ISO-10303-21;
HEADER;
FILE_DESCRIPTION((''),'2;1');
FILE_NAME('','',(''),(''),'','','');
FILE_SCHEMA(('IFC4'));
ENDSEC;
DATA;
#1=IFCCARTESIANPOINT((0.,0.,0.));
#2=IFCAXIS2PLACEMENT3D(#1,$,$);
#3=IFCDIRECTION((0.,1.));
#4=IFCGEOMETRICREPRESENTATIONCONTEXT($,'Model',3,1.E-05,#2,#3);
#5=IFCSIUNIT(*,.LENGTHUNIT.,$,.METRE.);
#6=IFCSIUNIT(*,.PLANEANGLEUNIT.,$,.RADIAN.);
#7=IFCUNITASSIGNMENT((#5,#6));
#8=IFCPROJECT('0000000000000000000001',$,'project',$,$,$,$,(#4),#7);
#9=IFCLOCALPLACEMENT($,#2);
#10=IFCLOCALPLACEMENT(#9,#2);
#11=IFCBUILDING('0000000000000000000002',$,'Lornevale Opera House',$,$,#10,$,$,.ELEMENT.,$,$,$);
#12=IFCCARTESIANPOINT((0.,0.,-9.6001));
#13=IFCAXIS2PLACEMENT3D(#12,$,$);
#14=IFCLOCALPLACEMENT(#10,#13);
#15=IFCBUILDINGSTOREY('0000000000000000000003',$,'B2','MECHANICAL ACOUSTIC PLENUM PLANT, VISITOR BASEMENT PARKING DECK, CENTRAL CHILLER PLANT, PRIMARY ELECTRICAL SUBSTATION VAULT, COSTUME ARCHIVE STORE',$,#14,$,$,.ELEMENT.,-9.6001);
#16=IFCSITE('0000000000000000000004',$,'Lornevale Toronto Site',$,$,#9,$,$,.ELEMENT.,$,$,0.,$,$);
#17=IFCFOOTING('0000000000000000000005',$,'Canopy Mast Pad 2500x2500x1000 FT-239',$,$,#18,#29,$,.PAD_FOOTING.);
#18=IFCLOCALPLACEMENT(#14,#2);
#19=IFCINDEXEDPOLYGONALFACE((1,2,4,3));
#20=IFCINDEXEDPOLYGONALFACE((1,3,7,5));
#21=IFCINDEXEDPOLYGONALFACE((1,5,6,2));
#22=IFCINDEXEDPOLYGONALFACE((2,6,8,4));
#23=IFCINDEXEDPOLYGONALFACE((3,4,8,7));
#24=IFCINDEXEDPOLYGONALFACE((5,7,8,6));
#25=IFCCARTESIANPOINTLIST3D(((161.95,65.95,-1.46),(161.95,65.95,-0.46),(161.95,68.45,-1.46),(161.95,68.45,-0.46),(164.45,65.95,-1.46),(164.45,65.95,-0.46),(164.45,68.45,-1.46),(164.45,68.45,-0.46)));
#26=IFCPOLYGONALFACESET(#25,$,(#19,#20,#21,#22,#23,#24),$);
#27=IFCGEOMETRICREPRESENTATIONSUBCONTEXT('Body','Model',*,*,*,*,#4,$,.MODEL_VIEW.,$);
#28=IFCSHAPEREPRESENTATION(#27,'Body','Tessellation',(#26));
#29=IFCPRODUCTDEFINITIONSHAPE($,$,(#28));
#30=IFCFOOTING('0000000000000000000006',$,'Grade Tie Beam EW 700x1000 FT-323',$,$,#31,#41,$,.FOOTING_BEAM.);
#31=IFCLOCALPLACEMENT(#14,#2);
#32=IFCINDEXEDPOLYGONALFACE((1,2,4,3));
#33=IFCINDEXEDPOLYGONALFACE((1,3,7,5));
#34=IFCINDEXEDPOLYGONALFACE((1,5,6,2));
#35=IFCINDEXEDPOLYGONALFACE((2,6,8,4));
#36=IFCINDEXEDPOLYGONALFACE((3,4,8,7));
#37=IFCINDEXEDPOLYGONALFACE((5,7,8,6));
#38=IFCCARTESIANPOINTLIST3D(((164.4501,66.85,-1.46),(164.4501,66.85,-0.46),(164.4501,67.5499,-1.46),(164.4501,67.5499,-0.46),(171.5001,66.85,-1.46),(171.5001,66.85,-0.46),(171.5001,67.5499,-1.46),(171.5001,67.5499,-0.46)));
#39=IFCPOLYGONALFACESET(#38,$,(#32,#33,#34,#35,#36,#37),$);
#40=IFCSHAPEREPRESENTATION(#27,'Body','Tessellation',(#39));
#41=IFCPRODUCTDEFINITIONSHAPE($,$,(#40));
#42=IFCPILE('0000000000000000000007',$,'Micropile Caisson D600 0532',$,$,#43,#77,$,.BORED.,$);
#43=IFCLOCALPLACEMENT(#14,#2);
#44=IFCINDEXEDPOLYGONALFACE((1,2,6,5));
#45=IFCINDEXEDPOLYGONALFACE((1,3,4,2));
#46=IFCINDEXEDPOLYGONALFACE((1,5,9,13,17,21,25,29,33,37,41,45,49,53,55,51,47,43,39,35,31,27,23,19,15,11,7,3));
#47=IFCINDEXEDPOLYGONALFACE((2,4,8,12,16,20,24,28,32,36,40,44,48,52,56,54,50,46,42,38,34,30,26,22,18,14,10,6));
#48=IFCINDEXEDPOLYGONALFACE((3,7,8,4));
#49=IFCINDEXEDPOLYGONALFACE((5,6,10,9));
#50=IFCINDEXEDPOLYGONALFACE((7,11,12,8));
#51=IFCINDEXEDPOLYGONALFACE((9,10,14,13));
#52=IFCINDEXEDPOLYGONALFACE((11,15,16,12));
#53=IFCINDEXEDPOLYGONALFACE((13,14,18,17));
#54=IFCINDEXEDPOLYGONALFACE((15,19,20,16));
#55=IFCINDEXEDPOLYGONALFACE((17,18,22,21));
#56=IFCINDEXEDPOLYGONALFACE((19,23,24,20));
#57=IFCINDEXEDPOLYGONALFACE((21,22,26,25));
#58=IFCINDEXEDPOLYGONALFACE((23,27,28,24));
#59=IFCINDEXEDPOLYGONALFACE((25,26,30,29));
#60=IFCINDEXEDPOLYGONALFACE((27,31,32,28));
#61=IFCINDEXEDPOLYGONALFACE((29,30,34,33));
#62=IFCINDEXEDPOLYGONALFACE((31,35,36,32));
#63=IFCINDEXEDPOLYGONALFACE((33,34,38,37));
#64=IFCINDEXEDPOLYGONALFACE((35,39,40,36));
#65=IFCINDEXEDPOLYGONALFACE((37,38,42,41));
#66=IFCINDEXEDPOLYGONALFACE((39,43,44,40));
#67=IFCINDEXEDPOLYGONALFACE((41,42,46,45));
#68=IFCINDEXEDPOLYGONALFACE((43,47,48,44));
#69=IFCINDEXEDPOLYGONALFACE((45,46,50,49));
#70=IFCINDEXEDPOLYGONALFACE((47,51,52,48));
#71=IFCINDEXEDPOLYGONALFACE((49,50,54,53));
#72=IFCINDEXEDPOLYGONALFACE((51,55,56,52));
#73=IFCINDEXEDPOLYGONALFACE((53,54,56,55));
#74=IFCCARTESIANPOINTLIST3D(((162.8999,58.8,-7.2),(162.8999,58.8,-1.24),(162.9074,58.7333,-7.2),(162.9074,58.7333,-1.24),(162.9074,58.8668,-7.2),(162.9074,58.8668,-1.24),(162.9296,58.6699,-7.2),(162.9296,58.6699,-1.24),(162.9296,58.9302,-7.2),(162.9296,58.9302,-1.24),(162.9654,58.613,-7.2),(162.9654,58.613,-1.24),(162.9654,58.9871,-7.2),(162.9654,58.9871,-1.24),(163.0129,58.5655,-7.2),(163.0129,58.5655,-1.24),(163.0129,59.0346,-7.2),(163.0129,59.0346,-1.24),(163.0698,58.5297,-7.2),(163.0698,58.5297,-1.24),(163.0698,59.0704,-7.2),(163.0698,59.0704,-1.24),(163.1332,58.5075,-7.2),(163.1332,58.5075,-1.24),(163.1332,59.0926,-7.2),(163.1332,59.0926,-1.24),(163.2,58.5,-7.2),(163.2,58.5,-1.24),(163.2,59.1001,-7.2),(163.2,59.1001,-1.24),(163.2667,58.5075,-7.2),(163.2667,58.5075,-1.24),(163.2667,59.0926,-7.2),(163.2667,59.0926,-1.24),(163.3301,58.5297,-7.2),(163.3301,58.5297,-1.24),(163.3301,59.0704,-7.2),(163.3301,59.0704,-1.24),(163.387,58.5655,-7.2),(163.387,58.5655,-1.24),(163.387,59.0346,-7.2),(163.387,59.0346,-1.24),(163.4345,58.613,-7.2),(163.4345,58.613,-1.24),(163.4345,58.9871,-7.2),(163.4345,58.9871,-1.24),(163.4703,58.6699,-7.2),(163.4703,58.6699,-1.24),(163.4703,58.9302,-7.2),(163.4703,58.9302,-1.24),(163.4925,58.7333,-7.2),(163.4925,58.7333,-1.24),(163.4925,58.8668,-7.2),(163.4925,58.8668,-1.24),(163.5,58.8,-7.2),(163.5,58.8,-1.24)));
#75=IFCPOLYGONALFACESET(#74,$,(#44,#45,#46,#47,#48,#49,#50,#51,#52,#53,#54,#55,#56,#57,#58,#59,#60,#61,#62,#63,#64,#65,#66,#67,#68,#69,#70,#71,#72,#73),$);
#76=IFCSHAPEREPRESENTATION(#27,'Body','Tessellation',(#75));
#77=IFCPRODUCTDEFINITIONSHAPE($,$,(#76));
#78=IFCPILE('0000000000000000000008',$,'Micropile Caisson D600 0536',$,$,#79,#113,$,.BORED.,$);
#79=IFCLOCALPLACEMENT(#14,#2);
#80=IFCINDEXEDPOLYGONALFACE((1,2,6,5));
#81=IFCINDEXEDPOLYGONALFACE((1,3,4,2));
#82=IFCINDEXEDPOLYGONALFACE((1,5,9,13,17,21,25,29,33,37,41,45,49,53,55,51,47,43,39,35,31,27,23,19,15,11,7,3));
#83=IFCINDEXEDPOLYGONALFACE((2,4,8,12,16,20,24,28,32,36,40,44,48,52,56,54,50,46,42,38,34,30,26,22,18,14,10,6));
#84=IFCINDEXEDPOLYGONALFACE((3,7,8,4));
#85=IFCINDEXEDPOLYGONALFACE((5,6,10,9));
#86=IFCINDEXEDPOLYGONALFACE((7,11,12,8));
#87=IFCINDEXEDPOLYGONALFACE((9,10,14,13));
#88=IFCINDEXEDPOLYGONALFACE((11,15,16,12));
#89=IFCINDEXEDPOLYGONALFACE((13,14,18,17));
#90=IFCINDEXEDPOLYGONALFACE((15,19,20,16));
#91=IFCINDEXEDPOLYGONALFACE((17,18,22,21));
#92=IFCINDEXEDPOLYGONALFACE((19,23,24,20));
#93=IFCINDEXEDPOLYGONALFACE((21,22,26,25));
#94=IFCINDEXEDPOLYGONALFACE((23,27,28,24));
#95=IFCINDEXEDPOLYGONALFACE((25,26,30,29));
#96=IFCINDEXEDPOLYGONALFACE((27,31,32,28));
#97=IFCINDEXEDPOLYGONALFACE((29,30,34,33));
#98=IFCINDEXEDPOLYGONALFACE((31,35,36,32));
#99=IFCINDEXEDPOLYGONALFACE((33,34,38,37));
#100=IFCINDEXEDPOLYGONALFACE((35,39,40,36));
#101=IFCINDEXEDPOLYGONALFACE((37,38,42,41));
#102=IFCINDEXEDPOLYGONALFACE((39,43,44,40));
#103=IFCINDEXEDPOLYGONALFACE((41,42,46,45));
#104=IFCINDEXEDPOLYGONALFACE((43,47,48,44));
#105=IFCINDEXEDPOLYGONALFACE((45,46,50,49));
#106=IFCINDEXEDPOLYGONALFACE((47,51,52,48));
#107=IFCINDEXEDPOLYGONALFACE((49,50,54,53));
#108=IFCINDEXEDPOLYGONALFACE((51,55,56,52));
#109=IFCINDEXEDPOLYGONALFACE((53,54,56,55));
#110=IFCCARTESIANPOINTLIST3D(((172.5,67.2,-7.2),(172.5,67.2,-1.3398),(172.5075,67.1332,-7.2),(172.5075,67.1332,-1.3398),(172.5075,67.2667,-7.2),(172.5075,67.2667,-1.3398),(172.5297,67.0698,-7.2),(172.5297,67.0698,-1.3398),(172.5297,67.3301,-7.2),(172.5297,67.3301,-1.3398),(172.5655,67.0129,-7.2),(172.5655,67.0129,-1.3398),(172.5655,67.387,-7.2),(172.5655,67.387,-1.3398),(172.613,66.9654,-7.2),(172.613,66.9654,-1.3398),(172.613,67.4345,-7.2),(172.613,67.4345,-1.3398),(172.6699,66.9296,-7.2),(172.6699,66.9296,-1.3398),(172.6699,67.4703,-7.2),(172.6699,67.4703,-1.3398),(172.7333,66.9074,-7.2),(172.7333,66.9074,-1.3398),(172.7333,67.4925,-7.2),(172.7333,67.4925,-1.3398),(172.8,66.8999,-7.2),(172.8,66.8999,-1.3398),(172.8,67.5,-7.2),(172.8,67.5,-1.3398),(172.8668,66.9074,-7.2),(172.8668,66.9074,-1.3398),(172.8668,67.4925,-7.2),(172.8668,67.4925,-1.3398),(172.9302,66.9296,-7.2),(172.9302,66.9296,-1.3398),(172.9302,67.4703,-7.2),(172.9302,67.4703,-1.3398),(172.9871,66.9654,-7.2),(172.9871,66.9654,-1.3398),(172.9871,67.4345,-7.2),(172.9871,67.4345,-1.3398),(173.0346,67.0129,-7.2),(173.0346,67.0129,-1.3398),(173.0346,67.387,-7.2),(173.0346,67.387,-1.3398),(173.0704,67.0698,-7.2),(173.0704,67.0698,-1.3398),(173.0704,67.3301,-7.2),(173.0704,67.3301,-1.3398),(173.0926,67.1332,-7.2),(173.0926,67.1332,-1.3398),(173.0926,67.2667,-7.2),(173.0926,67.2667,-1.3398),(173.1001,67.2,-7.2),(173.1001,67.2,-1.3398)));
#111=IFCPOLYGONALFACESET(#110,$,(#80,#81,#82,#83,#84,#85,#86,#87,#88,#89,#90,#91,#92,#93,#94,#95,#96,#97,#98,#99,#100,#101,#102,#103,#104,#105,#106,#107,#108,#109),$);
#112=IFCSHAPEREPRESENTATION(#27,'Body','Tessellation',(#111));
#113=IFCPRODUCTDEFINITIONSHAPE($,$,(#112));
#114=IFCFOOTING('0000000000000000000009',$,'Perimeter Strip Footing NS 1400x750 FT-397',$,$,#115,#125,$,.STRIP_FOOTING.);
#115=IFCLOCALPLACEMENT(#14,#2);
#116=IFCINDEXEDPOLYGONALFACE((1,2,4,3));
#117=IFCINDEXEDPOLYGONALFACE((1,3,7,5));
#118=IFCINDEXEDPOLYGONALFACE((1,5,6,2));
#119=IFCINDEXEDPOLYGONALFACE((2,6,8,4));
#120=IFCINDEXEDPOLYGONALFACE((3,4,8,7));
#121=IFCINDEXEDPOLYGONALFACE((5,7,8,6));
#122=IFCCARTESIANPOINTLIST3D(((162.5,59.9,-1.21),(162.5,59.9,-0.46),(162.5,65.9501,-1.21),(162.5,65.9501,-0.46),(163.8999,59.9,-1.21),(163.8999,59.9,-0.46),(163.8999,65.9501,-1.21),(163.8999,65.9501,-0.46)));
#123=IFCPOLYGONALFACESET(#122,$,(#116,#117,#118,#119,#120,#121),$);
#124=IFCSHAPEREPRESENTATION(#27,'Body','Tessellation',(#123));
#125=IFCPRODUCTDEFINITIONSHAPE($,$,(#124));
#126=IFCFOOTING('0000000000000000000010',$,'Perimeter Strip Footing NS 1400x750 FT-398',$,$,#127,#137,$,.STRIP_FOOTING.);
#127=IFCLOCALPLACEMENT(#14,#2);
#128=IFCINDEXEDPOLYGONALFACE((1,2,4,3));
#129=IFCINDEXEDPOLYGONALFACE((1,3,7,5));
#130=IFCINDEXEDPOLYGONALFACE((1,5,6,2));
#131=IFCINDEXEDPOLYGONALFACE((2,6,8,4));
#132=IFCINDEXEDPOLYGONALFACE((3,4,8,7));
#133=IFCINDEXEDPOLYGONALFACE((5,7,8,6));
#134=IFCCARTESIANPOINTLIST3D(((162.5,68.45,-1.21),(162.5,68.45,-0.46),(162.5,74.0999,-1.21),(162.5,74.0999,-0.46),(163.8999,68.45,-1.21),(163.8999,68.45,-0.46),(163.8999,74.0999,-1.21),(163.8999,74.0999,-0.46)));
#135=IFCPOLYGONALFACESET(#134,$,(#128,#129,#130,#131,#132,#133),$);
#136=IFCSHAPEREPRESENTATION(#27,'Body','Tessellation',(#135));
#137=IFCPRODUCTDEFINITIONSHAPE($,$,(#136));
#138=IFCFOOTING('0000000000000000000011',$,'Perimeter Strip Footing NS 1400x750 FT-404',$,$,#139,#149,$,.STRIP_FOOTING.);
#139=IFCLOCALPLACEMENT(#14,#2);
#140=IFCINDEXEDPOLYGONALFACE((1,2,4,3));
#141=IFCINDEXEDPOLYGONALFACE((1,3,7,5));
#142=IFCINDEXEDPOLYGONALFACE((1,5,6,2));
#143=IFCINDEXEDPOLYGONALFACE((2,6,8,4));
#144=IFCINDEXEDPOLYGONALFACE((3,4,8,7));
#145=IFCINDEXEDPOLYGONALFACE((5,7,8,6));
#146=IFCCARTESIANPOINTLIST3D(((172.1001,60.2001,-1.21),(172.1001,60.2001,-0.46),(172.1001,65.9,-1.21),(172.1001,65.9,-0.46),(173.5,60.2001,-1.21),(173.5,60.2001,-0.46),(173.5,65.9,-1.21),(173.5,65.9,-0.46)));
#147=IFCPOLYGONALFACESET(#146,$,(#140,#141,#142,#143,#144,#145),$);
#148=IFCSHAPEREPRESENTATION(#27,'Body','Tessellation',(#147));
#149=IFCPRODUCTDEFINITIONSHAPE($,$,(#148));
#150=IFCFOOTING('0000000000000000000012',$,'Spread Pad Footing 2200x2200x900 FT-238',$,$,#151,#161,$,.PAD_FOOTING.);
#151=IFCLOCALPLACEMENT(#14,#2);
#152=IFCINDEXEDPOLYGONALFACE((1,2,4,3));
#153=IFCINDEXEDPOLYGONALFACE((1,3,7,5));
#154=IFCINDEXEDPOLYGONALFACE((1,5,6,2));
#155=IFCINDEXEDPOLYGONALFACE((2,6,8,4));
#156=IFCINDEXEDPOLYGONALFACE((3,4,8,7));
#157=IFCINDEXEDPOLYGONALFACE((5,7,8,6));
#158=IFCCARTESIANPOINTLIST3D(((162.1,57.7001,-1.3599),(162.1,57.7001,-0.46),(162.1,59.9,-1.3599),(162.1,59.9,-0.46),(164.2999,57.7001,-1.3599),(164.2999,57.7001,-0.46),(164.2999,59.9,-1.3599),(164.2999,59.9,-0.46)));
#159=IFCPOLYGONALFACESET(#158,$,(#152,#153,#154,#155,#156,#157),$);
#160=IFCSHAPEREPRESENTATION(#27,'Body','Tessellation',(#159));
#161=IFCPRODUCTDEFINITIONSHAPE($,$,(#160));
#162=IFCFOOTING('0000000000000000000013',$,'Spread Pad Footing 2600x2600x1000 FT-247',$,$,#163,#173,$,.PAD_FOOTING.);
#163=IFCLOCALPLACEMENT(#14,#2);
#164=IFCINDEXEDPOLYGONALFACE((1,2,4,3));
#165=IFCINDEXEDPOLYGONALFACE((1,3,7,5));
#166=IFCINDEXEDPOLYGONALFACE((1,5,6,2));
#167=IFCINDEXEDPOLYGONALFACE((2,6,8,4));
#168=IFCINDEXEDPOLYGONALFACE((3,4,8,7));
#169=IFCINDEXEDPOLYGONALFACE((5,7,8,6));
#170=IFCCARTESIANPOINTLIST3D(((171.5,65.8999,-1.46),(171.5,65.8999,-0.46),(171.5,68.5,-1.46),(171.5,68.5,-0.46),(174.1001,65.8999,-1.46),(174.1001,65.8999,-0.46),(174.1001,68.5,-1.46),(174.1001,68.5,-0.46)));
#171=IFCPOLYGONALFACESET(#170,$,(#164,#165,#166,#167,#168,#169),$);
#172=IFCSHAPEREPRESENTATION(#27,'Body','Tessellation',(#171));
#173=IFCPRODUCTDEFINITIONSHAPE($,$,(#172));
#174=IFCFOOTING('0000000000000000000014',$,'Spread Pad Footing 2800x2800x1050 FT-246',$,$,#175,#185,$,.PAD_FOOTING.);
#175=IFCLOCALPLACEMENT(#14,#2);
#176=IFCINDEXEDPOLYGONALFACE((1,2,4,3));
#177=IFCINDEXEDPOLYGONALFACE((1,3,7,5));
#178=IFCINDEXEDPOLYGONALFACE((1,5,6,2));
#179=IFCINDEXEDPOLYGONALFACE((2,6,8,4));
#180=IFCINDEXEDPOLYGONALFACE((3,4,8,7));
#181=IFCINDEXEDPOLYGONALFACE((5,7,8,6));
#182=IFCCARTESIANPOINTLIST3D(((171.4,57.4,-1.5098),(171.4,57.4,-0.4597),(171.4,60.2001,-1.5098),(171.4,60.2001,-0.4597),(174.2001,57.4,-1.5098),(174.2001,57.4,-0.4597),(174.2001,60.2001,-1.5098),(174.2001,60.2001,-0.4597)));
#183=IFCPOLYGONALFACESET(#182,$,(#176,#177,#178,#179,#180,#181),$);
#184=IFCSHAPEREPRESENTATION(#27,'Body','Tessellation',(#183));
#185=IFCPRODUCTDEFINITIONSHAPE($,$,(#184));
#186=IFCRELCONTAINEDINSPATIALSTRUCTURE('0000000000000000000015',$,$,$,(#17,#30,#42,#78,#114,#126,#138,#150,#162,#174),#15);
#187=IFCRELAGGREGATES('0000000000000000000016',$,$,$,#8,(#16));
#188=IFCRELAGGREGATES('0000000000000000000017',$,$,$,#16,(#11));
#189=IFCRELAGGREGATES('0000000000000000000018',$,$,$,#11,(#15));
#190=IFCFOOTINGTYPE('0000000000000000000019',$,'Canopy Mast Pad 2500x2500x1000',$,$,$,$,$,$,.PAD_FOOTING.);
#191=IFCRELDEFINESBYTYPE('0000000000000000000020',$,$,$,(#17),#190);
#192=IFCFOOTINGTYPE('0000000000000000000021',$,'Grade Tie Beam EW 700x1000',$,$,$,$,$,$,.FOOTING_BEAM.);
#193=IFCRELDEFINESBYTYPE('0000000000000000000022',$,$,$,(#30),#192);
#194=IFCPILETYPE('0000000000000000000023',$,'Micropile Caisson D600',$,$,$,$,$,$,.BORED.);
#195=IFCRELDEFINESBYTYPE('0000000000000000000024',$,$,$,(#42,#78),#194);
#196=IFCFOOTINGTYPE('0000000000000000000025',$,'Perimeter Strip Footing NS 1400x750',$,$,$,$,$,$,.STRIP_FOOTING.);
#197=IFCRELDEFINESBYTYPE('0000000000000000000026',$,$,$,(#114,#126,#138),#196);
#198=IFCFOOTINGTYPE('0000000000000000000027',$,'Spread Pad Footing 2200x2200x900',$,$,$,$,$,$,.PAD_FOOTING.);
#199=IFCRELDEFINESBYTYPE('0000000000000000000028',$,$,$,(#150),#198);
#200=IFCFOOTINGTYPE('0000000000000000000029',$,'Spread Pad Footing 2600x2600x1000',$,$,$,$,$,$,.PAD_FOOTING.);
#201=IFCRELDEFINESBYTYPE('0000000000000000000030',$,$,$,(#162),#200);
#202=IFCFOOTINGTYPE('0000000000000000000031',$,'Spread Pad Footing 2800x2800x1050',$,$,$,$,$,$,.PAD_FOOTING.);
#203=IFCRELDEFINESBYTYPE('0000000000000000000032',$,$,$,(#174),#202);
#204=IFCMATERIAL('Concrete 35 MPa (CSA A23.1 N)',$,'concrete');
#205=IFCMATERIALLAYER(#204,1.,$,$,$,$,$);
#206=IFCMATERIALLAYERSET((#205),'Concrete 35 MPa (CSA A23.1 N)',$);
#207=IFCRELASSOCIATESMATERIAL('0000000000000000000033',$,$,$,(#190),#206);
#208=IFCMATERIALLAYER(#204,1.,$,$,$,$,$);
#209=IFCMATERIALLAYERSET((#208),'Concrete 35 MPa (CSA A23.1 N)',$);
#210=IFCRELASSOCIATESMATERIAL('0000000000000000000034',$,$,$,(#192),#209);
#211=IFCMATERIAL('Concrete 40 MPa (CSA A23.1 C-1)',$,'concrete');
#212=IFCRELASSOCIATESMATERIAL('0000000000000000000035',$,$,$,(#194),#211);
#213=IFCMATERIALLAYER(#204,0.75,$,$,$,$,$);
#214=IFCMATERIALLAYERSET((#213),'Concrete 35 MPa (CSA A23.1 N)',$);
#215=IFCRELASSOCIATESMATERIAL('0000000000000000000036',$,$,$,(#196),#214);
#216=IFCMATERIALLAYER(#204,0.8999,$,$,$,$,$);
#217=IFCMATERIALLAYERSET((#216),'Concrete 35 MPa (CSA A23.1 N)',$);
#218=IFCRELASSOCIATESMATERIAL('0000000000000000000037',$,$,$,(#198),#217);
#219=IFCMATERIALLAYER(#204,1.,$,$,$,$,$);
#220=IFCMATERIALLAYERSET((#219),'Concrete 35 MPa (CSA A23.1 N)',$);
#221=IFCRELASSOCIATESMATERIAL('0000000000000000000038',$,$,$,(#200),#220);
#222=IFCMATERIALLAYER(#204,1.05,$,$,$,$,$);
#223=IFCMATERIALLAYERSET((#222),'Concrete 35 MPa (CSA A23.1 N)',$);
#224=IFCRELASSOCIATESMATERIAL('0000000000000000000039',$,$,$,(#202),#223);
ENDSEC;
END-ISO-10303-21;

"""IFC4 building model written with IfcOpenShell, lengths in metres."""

from ifc_helpers import new_model, si_unit, direction, frame, origin, origin_2d, place, context, subcontext, project, spatial, rectangle, circle, extrude, material, layer, layer_set, material_profile, profile_set, type_object, element, save


model = new_model("IFC4")

# Units and contexts
model_context = context("Model", 3, precision=1e-05, world=origin(), true_north=direction((0.0, 1.0)))
body_context = subcontext(model_context, "Body", "Model", "MODEL_VIEW")
ifc_project = project(units=[si_unit("LENGTHUNIT", "METRE"), si_unit("PLANEANGLEUNIT", "RADIAN")], contexts=[model_context])

# Site, building, storey
site_placement = place(None, origin())
site = spatial("IfcSite", under=ifc_project, at=site_placement, Name="Lornevale Toronto Site", CompositionType="ELEMENT", RefElevation=0.0)
building_placement = place(site_placement, origin())
building = spatial("IfcBuilding", under=site, at=building_placement, Name="Lornevale Opera House", CompositionType="ELEMENT")
storey_placement = place(building_placement, frame((0.0, 0.0, -9.6001)))
storey = spatial("IfcBuildingStorey", under=building, at=storey_placement, Name="B2", Description="MECHANICAL ACOUSTIC PLENUM PLANT, VISITOR BASEMENT PARKING DECK, CENTRAL CHILLER PLANT, PRIMARY ELECTRICAL SUBSTATION VAULT, COSTUME ARCHIVE STORE", CompositionType="ELEMENT", Elevation=-9.6001)

# Footings
ifc_material_1 = material(Name="Concrete 35 MPa (CSA A23.1 N)", Category="concrete")
ifc_layer_1 = layer(ifc_material_1, 1.0)
ifc_layer_set_1 = layer_set([ifc_layer_1], Name="Concrete 35 MPa (CSA A23.1 N)")
footing_type_1 = type_object("IfcFootingType", Name="Canopy Mast Pad 2500x2500x1000", PredefinedType="PAD_FOOTING", material=ifc_layer_set_1)
footing_1_placement = place(storey_placement, frame((163.2, 67.2, -1.46), z_axis=(0.0, 0.0, 1.0), x_axis=(1.0, 0.0, 0.0)))
element("IfcFooting", 1, at=footing_1_placement, inside=storey, type_object=footing_type_1, Name="Canopy Mast Pad 2500x2500x1000 FT-239", PredefinedType="PAD_FOOTING", context=body_context, shape_type="SweptSolid", body=[
    extrude(rectangle(XDim=2.5, YDim=2.5, at=origin_2d()), origin(), (0.0, 0.0, 1.0), 1.0),
])
ifc_layer_2 = layer(ifc_material_1, 1.0)
ifc_layer_set_2 = layer_set([ifc_layer_2], Name="Concrete 35 MPa (CSA A23.1 N)")
footing_type_2 = type_object("IfcFootingType", Name="Grade Tie Beam EW 700x1000", PredefinedType="FOOTING_BEAM", material=ifc_layer_set_2)
footing_2_placement = place(storey_placement, frame((167.9751, 67.2, -1.46), z_axis=(0.0, 0.0, 1.0), x_axis=(1.0, 0.0, 0.0)))
element("IfcFooting", 2, at=footing_2_placement, inside=storey, type_object=footing_type_2, Name="Grade Tie Beam EW 700x1000 FT-323", PredefinedType="FOOTING_BEAM", context=body_context, shape_type="SweptSolid", body=[
    extrude(rectangle(XDim=7.05, YDim=0.7, at=origin_2d()), origin(), (0.0, 0.0, 1.0), 1.0),
])

# Piles
ifc_material_2 = material(Name="Concrete 40 MPa (CSA A23.1 C-1)", Category="concrete")
ifc_material_profile_1 = material_profile(ifc_material_2, circle(Radius=0.3, at=origin_2d()), Name="CAIS600")
ifc_profile_set_1 = profile_set([ifc_material_profile_1], Name="Concrete 40 MPa (CSA A23.1 C-1)")
pile_type = type_object("IfcPileType", Name="Micropile Caisson D600", PredefinedType="BORED", material=ifc_profile_set_1)
pile_1_placement = place(storey_placement, frame((163.2, 58.8, -1.24), z_axis=(0.0, 0.0, -1.0), x_axis=(1.0, 0.0, 0.0)))
element("IfcPile", 3, at=pile_1_placement, inside=storey, type_object=pile_type, Name="Micropile Caisson D600 0532", PredefinedType="BORED", context=body_context, shape_type="SweptSolid", body=[
    extrude(circle(Radius=0.3, at=origin_2d()), origin(), (0.0, 0.0, 1.0), 5.96),
])
pile_2_placement = place(storey_placement, frame((172.8, 67.2, -1.3398), z_axis=(0.0, 0.0, -1.0), x_axis=(1.0, 0.0, 0.0)))
element("IfcPile", 4, at=pile_2_placement, inside=storey, type_object=pile_type, Name="Micropile Caisson D600 0536", PredefinedType="BORED", context=body_context, shape_type="SweptSolid", body=[
    extrude(circle(Radius=0.3, at=origin_2d()), origin(), (0.0, 0.0, 1.0), 5.8601),
])

# Footings
ifc_layer_3 = layer(ifc_material_1, 0.75)
ifc_layer_set_3 = layer_set([ifc_layer_3], Name="Concrete 35 MPa (CSA A23.1 N)")
footing_type_3 = type_object("IfcFootingType", Name="Perimeter Strip Footing NS 1400x750", PredefinedType="STRIP_FOOTING", material=ifc_layer_set_3)
footing_3_placement = place(storey_placement, frame((163.2, 62.925, -1.21), z_axis=(0.0, 0.0, 1.0), x_axis=(1.0, 0.0, 0.0)))
element("IfcFooting", 5, at=footing_3_placement, inside=storey, type_object=footing_type_3, Name="Perimeter Strip Footing NS 1400x750 FT-397", PredefinedType="STRIP_FOOTING", context=body_context, shape_type="SweptSolid", body=[
    extrude(rectangle(XDim=1.3999, YDim=6.05, at=origin_2d()), origin(), (0.0, 0.0, 1.0), 0.75),
])
footing_4_placement = place(storey_placement, frame((163.2, 71.2749, -1.21), z_axis=(0.0, 0.0, 1.0), x_axis=(1.0, 0.0, 0.0)))
element("IfcFooting", 6, at=footing_4_placement, inside=storey, type_object=footing_type_3, Name="Perimeter Strip Footing NS 1400x750 FT-398", PredefinedType="STRIP_FOOTING", context=body_context, shape_type="SweptSolid", body=[
    extrude(rectangle(XDim=1.3999, YDim=5.6499, at=origin_2d()), origin(), (0.0, 0.0, 1.0), 0.75),
])
footing_5_placement = place(storey_placement, frame((172.8, 63.05, -1.21), z_axis=(0.0, 0.0, 1.0), x_axis=(1.0, 0.0, 0.0)))
element("IfcFooting", 7, at=footing_5_placement, inside=storey, type_object=footing_type_3, Name="Perimeter Strip Footing NS 1400x750 FT-404", PredefinedType="STRIP_FOOTING", context=body_context, shape_type="SweptSolid", body=[
    extrude(rectangle(XDim=1.3999, YDim=5.7, at=origin_2d()), origin(), (0.0, 0.0, 1.0), 0.75),
])
ifc_layer_4 = layer(ifc_material_1, 0.8999)
ifc_layer_set_4 = layer_set([ifc_layer_4], Name="Concrete 35 MPa (CSA A23.1 N)")
footing_type_4 = type_object("IfcFootingType", Name="Spread Pad Footing 2200x2200x900", PredefinedType="PAD_FOOTING", material=ifc_layer_set_4)
footing_6_placement = place(storey_placement, frame((163.2, 58.8, -1.3599), z_axis=(0.0, 0.0, 1.0), x_axis=(1.0, 0.0, 0.0)))
element("IfcFooting", 8, at=footing_6_placement, inside=storey, type_object=footing_type_4, Name="Spread Pad Footing 2200x2200x900 FT-238", PredefinedType="PAD_FOOTING", context=body_context, shape_type="SweptSolid", body=[
    extrude(rectangle(XDim=2.2, YDim=2.2, at=origin_2d()), origin(), (0.0, 0.0, 1.0), 0.8999),
])
ifc_layer_5 = layer(ifc_material_1, 1.0)
ifc_layer_set_5 = layer_set([ifc_layer_5], Name="Concrete 35 MPa (CSA A23.1 N)")
footing_type_5 = type_object("IfcFootingType", Name="Spread Pad Footing 2600x2600x1000", PredefinedType="PAD_FOOTING", material=ifc_layer_set_5)
footing_7_placement = place(storey_placement, frame((172.8, 67.2, -1.46), z_axis=(0.0, 0.0, 1.0), x_axis=(1.0, 0.0, 0.0)))
element("IfcFooting", 9, at=footing_7_placement, inside=storey, type_object=footing_type_5, Name="Spread Pad Footing 2600x2600x1000 FT-247", PredefinedType="PAD_FOOTING", context=body_context, shape_type="SweptSolid", body=[
    extrude(rectangle(XDim=2.6001, YDim=2.6001, at=origin_2d()), origin(), (0.0, 0.0, 1.0), 1.0),
])
ifc_layer_6 = layer(ifc_material_1, 1.05)
ifc_layer_set_6 = layer_set([ifc_layer_6], Name="Concrete 35 MPa (CSA A23.1 N)")
footing_type_6 = type_object("IfcFootingType", Name="Spread Pad Footing 2800x2800x1050", PredefinedType="PAD_FOOTING", material=ifc_layer_set_6)
footing_8_placement = place(storey_placement, frame((172.8, 58.8, -1.5098), z_axis=(0.0, 0.0, 1.0), x_axis=(1.0, 0.0, 0.0)))
element("IfcFooting", 10, at=footing_8_placement, inside=storey, type_object=footing_type_6, Name="Spread Pad Footing 2800x2800x1050 FT-246", PredefinedType="PAD_FOOTING", context=body_context, shape_type="SweptSolid", body=[
    extrude(rectangle(XDim=2.8, YDim=2.8, at=origin_2d()), origin(), (0.0, 0.0, 1.0), 1.05),
])

save(model, "model.ifc")
